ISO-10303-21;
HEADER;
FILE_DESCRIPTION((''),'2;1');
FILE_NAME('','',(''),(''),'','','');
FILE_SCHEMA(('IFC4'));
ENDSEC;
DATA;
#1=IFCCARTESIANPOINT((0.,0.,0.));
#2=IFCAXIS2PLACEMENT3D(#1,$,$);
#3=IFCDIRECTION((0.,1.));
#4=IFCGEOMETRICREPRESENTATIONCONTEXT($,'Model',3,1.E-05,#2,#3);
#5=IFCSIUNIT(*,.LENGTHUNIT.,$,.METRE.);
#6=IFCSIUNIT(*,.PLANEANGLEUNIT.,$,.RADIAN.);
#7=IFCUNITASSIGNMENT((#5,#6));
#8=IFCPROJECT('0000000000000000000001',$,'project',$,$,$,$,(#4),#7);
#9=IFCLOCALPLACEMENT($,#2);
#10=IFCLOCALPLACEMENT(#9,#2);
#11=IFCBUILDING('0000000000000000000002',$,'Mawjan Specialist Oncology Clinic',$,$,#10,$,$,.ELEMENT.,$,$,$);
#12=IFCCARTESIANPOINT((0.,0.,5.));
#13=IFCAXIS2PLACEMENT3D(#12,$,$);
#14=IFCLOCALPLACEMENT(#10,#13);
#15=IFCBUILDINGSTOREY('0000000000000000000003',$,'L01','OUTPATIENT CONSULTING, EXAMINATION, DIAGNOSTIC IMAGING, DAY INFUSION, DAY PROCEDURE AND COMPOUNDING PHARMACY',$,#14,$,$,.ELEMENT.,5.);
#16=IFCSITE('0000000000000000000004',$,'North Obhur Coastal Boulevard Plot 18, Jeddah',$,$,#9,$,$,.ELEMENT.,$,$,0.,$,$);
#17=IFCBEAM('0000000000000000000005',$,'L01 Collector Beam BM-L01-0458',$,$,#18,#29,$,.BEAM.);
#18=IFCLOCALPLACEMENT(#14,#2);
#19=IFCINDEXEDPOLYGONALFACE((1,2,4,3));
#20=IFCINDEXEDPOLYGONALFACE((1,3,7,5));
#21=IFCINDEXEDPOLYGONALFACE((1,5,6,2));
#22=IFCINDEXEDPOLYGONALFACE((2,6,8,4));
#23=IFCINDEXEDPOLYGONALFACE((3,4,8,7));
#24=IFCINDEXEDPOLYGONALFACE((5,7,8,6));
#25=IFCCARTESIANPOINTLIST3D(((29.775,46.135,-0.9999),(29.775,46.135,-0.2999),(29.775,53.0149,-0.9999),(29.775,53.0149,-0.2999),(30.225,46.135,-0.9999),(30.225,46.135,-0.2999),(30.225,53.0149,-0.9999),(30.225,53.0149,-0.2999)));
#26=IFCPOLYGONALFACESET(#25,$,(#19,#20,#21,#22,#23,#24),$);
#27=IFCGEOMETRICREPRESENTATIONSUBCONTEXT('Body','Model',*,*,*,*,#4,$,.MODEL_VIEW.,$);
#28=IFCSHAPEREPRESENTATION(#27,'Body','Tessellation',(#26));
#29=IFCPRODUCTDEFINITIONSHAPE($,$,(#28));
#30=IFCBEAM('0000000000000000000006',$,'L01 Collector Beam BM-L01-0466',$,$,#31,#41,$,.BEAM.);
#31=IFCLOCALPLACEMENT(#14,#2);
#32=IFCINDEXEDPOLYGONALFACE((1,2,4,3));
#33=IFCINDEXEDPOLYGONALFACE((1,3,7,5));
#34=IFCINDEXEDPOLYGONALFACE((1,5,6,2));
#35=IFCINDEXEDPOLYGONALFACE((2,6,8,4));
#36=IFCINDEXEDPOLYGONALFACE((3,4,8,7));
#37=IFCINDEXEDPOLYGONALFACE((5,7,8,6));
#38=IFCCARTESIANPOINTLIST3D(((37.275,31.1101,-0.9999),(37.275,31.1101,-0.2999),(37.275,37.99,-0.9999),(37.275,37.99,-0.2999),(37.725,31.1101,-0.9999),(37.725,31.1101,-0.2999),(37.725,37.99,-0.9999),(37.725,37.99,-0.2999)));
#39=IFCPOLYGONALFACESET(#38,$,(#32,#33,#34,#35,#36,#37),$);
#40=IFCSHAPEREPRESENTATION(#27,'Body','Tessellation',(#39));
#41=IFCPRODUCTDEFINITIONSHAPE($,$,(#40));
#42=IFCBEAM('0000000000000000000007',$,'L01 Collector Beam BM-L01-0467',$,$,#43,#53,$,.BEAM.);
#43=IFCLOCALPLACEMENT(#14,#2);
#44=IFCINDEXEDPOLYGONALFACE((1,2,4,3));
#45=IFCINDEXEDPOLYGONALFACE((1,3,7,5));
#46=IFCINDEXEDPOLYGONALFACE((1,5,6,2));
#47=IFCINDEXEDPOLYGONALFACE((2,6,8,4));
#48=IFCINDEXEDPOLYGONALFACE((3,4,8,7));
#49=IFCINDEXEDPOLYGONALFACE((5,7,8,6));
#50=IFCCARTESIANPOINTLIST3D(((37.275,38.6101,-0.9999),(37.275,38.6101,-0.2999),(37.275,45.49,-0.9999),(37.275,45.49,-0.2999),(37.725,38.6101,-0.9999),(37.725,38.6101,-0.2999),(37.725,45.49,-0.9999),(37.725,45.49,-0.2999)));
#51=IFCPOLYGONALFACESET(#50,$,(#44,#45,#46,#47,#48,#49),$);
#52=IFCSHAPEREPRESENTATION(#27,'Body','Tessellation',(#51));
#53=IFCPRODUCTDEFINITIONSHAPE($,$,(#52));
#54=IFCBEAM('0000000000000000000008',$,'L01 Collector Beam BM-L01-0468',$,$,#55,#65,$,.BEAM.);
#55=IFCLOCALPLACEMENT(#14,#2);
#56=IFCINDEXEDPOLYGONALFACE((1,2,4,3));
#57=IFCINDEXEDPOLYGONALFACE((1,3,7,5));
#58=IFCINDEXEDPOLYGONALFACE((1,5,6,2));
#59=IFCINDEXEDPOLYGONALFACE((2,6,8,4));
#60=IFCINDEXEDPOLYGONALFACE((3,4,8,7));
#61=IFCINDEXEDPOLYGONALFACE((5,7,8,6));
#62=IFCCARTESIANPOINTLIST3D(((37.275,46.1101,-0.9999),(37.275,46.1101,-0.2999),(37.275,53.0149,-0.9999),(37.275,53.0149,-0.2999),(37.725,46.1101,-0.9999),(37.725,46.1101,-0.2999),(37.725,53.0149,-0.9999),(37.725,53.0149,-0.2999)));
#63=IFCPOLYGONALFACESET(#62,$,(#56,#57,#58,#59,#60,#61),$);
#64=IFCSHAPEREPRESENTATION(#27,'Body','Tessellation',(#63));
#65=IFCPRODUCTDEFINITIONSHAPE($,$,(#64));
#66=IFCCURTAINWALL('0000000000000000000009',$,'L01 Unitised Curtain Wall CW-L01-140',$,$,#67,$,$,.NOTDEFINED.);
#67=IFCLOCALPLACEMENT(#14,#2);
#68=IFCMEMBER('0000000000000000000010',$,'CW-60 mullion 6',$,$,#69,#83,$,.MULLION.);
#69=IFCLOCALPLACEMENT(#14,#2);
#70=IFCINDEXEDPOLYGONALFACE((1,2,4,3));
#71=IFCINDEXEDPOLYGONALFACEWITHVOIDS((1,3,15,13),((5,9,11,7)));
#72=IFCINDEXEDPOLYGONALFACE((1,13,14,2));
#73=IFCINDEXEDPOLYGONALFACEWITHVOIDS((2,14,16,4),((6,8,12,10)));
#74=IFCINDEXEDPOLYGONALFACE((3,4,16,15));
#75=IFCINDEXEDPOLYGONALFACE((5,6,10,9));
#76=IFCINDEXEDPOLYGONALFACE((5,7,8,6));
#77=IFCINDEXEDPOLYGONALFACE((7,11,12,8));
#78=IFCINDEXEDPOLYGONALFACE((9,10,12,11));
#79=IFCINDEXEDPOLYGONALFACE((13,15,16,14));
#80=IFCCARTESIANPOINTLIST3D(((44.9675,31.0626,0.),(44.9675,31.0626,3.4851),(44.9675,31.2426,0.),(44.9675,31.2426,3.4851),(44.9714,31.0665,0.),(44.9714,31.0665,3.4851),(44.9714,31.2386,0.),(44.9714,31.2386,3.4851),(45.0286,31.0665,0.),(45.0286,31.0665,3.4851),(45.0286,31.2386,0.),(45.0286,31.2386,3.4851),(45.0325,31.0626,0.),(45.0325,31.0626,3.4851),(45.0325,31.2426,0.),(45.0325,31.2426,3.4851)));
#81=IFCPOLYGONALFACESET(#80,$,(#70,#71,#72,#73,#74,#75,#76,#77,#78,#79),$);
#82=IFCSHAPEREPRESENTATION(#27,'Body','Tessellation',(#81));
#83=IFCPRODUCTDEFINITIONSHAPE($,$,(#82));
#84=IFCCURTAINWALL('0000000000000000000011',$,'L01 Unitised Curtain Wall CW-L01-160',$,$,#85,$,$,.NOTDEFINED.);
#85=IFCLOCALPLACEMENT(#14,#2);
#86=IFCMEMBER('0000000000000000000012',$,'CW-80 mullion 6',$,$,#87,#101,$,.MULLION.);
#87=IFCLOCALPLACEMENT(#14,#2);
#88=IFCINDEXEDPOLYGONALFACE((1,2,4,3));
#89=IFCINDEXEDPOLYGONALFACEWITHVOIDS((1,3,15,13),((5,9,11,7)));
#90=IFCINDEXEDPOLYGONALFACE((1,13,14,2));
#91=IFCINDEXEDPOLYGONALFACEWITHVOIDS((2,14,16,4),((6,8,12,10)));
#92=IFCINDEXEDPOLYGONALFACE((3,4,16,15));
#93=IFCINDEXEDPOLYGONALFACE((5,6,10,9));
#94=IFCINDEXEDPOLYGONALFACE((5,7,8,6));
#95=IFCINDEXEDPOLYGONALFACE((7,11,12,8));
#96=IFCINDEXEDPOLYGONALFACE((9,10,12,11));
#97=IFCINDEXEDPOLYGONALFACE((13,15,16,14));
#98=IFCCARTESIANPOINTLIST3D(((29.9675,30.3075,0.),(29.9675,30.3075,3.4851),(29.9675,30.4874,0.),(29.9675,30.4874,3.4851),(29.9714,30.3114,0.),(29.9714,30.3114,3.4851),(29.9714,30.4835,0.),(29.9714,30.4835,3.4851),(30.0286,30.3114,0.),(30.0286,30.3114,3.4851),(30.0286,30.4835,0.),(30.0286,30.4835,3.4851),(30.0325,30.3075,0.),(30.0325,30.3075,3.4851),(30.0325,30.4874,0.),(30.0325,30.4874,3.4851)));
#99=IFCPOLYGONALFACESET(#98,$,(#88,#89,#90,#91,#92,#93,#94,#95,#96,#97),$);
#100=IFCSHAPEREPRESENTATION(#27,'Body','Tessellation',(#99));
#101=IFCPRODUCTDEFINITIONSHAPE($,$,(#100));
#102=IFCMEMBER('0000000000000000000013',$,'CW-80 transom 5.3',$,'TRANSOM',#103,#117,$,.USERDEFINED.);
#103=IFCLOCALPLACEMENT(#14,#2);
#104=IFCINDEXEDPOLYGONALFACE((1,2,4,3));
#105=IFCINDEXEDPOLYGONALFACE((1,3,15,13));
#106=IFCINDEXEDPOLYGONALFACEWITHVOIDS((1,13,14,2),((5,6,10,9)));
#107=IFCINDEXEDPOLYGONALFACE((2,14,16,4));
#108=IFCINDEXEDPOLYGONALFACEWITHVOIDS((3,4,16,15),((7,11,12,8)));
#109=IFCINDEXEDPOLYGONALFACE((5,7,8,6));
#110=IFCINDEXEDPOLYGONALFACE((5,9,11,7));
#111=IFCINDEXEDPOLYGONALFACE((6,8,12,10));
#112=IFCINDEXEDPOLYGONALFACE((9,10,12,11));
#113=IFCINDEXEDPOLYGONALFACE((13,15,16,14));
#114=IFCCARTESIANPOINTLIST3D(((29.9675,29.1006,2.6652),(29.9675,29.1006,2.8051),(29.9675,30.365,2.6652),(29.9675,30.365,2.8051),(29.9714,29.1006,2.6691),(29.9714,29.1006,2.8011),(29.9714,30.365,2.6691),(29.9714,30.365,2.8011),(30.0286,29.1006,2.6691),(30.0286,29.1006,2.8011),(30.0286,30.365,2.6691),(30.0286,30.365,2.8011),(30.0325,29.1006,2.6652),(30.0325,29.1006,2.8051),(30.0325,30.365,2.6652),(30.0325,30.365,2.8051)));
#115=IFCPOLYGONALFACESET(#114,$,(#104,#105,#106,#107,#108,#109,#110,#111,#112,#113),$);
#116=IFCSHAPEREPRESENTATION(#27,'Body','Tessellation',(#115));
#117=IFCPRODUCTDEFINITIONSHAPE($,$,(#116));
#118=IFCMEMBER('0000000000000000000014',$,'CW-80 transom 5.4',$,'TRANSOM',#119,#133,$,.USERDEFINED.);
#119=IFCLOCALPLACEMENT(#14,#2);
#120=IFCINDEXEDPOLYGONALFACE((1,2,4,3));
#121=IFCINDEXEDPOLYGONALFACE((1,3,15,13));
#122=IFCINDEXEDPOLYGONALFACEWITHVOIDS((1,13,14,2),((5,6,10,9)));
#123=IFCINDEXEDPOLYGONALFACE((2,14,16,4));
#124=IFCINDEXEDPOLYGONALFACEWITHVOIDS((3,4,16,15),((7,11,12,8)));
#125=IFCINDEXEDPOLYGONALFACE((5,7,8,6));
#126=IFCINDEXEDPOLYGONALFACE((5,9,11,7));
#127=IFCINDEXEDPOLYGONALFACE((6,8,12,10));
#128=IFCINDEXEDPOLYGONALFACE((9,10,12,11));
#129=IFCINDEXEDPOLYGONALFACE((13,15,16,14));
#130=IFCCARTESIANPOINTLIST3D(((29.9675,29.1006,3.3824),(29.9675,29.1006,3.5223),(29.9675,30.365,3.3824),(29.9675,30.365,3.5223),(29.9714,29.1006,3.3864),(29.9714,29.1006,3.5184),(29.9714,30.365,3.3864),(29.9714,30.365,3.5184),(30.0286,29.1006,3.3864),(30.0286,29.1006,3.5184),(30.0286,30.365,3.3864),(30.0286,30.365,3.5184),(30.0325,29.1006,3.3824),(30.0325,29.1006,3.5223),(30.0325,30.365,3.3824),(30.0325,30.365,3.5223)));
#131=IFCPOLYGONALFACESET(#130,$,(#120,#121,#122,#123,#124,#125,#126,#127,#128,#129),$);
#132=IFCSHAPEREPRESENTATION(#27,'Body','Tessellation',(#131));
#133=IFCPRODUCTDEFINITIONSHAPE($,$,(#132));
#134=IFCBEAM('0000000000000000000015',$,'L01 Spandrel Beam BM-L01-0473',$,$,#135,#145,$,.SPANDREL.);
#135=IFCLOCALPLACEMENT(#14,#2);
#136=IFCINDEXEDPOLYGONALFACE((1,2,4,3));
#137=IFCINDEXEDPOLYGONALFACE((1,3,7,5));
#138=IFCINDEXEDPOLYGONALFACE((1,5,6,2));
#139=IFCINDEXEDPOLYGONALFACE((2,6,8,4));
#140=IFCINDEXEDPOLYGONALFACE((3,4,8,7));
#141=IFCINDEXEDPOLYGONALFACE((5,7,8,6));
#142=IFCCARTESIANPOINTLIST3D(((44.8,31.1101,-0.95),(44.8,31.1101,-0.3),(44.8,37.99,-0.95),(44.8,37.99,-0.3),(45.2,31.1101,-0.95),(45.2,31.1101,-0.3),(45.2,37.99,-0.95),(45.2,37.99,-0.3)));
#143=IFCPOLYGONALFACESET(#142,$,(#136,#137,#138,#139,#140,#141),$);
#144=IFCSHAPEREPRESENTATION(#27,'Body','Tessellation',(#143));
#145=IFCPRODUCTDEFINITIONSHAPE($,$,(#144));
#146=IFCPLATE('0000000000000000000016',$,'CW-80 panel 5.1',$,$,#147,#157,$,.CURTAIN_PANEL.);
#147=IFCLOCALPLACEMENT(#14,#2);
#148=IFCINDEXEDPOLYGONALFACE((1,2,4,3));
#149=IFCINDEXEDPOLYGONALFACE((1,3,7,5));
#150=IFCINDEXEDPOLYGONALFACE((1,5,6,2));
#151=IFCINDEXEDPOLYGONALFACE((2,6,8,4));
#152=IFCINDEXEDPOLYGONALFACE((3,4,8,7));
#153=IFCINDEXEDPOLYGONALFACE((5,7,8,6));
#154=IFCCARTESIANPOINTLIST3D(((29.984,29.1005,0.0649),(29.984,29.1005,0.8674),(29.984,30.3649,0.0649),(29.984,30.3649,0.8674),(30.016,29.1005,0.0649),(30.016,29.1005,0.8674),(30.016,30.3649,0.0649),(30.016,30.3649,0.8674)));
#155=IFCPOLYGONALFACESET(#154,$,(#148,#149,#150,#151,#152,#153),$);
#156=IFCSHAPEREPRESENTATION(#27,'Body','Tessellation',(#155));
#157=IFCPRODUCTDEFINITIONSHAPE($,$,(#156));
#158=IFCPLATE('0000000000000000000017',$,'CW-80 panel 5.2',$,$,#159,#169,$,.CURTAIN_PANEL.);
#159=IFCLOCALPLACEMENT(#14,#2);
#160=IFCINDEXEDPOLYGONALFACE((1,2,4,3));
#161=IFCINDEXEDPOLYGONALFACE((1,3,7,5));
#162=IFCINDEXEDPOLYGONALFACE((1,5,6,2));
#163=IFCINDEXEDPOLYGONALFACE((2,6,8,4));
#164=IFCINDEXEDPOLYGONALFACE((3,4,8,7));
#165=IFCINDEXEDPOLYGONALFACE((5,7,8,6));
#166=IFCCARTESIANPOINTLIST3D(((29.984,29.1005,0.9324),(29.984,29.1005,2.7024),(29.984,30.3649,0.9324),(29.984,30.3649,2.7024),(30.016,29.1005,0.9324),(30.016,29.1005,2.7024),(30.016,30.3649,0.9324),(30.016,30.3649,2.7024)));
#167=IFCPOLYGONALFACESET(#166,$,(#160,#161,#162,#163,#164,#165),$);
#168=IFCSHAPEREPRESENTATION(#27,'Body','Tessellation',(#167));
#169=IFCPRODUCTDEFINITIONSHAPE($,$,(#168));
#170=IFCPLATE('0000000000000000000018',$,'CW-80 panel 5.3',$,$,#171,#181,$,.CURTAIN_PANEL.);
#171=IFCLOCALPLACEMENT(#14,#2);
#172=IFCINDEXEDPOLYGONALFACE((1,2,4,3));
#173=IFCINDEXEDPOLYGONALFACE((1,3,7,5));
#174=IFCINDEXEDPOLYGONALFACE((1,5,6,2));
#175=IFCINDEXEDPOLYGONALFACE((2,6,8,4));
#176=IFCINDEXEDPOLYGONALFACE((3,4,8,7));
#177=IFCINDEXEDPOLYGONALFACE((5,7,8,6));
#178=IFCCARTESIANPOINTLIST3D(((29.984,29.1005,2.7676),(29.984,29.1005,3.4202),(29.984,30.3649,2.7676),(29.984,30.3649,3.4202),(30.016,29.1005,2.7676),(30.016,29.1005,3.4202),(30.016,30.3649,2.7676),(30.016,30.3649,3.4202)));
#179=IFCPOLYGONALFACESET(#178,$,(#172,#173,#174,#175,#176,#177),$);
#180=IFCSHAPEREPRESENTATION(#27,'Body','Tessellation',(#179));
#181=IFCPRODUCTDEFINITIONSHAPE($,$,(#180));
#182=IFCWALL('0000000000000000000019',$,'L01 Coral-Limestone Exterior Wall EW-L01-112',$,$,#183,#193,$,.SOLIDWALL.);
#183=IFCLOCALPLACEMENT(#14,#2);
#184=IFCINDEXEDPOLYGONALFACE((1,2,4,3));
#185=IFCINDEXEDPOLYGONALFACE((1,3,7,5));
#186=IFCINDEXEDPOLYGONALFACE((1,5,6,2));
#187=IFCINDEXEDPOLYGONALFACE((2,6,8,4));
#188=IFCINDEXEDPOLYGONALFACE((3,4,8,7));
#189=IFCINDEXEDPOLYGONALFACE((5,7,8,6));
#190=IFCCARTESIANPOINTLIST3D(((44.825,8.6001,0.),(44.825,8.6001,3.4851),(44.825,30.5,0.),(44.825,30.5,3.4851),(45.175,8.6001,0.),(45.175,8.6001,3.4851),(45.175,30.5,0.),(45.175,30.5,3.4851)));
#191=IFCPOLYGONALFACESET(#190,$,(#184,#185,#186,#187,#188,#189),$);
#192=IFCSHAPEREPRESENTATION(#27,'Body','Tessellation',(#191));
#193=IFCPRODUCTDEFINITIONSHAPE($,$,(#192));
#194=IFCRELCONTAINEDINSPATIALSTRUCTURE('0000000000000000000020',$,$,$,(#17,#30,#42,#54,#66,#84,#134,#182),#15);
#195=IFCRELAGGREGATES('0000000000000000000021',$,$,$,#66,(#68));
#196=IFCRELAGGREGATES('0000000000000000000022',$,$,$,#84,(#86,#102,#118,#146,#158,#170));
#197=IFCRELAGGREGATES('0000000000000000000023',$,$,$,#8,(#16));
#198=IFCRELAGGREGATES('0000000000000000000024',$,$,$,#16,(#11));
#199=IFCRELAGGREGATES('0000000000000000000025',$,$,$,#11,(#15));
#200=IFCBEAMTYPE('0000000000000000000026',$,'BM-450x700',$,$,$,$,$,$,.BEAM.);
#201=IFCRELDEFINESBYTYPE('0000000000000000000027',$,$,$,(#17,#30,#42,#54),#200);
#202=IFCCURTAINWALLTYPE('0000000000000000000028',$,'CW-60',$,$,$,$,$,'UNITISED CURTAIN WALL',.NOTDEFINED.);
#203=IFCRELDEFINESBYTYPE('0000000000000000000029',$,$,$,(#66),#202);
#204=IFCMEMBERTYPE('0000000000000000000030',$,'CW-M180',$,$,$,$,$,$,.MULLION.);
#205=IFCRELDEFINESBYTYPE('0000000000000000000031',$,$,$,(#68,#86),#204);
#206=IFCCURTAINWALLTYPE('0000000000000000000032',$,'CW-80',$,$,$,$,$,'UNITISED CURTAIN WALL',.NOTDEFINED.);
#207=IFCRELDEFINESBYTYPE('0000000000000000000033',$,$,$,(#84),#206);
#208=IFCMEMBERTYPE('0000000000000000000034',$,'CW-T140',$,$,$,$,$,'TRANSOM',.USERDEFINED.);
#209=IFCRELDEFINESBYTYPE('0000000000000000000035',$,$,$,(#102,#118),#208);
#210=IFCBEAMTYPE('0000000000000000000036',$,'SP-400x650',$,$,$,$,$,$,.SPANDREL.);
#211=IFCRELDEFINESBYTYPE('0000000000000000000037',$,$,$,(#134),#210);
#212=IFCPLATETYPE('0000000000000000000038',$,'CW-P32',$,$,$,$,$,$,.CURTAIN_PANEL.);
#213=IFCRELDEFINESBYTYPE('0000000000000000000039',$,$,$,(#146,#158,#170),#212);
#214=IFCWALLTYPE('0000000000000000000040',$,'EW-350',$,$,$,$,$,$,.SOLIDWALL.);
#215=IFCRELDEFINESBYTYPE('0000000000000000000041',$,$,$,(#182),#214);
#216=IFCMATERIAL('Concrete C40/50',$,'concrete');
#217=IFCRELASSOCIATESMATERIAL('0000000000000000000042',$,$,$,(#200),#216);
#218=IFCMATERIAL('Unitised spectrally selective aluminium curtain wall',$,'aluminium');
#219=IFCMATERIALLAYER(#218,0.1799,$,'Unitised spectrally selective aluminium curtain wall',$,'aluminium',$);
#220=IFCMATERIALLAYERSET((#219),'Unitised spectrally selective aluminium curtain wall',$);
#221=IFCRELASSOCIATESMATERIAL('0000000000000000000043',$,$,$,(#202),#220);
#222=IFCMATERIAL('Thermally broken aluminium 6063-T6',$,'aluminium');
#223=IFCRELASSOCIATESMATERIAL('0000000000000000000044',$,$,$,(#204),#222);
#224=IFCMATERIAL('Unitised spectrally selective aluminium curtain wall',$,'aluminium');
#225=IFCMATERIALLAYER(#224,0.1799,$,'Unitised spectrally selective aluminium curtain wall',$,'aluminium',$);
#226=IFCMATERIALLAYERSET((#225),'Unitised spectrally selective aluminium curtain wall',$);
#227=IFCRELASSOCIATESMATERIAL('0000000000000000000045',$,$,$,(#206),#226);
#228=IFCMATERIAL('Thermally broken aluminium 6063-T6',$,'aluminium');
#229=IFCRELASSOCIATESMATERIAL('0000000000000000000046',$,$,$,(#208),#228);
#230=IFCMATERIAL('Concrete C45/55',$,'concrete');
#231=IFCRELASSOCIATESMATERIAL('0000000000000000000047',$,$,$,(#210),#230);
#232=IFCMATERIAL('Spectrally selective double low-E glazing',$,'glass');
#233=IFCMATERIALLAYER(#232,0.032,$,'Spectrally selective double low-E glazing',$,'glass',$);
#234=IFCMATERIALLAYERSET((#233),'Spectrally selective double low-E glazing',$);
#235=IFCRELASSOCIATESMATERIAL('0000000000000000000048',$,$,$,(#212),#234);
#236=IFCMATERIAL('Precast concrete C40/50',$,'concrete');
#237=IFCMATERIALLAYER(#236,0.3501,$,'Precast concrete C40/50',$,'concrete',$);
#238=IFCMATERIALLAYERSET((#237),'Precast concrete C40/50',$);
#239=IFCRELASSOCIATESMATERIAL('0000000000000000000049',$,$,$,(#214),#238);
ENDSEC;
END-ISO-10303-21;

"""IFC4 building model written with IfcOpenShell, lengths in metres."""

from ifc_helpers import new_model, si_unit, direction, frame, frame_2d, origin, origin_2d, place, context, subcontext, project, spatial, rectangle, hollow_rectangle, extrude, material, layer, layer_set, material_profile, profile_set, type_object, element, aggregate, save


model = new_model("IFC4")

# Units and contexts
model_context = context("Model", 3, precision=1e-05, world=origin(), true_north=direction((0.0, 1.0)))
body_context = subcontext(model_context, "Body", "Model", "MODEL_VIEW")
ifc_project = project(units=[si_unit("LENGTHUNIT", "METRE"), si_unit("PLANEANGLEUNIT", "RADIAN")], contexts=[model_context])

# Site, building, storey
site_placement = place(None, origin())
site = spatial("IfcSite", under=ifc_project, at=site_placement, Name="North Obhur Coastal Boulevard Plot 18, Jeddah", CompositionType="ELEMENT", RefElevation=0.0)
building_placement = place(site_placement, origin())
building = spatial("IfcBuilding", under=site, at=building_placement, Name="Mawjan Specialist Oncology Clinic", CompositionType="ELEMENT")
storey_placement = place(building_placement, frame((0.0, 0.0, 5.0)))
storey = spatial("IfcBuildingStorey", under=building, at=storey_placement, Name="L01", Description="OUTPATIENT CONSULTING, EXAMINATION, DIAGNOSTIC IMAGING, DAY INFUSION, DAY PROCEDURE AND COMPOUNDING PHARMACY", CompositionType="ELEMENT", Elevation=5.0)

# Beams
ifc_material_1 = material(Name="Concrete C40/50", Category="concrete")
ifc_material_profile_1 = material_profile(ifc_material_1, rectangle(XDim=0.45, YDim=0.7, at=origin_2d()), Name="RC BM 450x700", Category="concrete")
ifc_profile_set_1 = profile_set([ifc_material_profile_1], Name="Concrete C40/50")
beam_type_1 = type_object("IfcBeamType", Name="BM-450x700", PredefinedType="BEAM", material=ifc_profile_set_1)
for number, where, z_axis, x_axis, name in (
    (1, (30.0, 46.135, -0.6499), (0.0, 1.0, 0.0), (-1.0, 0.0, 0.0), "L01 Collector Beam BM-L01-0458"),
    (2, (37.5, 31.1101, -0.6499), (0.0, 1.0, 0.0), (-1.0, 0.0, 0.0), "L01 Collector Beam BM-L01-0466"),
    (3, (37.5, 38.6101, -0.6499), (0.0, 1.0, 0.0), (-1.0, 0.0, 0.0), "L01 Collector Beam BM-L01-0467"),
):
    element("IfcBeam", number, at=place(storey_placement, frame(where, z_axis=z_axis, x_axis=x_axis)), inside=storey, type_object=beam_type_1, Name=name, PredefinedType="BEAM", context=body_context, shape_type="SweptSolid", body=[
        extrude(rectangle(XDim=0.45, YDim=0.7, at=origin_2d()), origin(), (0.0, 0.0, 1.0), 6.8799),
    ])
beam_1_placement = place(storey_placement, frame((37.5, 46.1101, -0.6499), z_axis=(0.0, 1.0, 0.0), x_axis=(-1.0, 0.0, 0.0)))
element("IfcBeam", 4, at=beam_1_placement, inside=storey, type_object=beam_type_1, Name="L01 Collector Beam BM-L01-0468", PredefinedType="BEAM", context=body_context, shape_type="SweptSolid", body=[
    extrude(rectangle(XDim=0.45, YDim=0.7, at=origin_2d()), origin(), (0.0, 0.0, 1.0), 6.9048),
])

# Curtain wall, member
ifc_material_2 = material(Name="Unitised spectrally selective aluminium curtain wall", Category="aluminium")
ifc_layer_1 = layer(ifc_material_2, 0.1799, Name="Unitised spectrally selective aluminium curtain wall", Category="aluminium")
ifc_layer_set_1 = layer_set([ifc_layer_1], Name="Unitised spectrally selective aluminium curtain wall")
curtain_wall_type_1 = type_object("IfcCurtainWallType", Name="CW-60", ElementType="UNITISED CURTAIN WALL", PredefinedType="NOTDEFINED", material=ifc_layer_set_1)
curtain_wall_1_placement = place(storey_placement, origin())
curtain_wall_1 = element("IfcCurtainWall", 5, at=curtain_wall_1_placement, inside=storey, type_object=curtain_wall_type_1, Name="L01 Unitised Curtain Wall CW-L01-140", PredefinedType="NOTDEFINED")
ifc_material_3 = material(Name="Thermally broken aluminium 6063-T6", Category="aluminium")
ifc_material_profile_2 = material_profile(ifc_material_3, hollow_rectangle(XDim=0.0649, YDim=0.1799, WallThickness=0.0039, at=origin_2d()), Name="ALU MULLION 180x65x4", Category="aluminium")
ifc_profile_set_2 = profile_set([ifc_material_profile_2], Name="Thermally broken aluminium 6063-T6")
member_type_1 = type_object("IfcMemberType", Name="CW-M180", PredefinedType="MULLION", material=ifc_profile_set_2)
member_1_placement = place(storey_placement, frame((45.0, 31.1526, 0.0), z_axis=(0.0, 0.0, 1.0), x_axis=(1.0, 0.0, 0.0)))
member_1 = element("IfcMember", 6, at=member_1_placement, type_object=member_type_1, Name="CW-60 mullion 6", PredefinedType="MULLION", context=body_context, shape_type="SweptSolid", body=[
    extrude(hollow_rectangle(XDim=0.0649, YDim=0.1799, WallThickness=0.0039, at=origin_2d()), origin(), (0.0, 0.0, 1.0), 3.4851),
])
aggregate(curtain_wall_1, [member_1])

# Curtain wall, members
ifc_material_4 = material(Name="Unitised spectrally selective aluminium curtain wall", Category="aluminium")
ifc_layer_2 = layer(ifc_material_4, 0.1799, Name="Unitised spectrally selective aluminium curtain wall", Category="aluminium")
ifc_layer_set_2 = layer_set([ifc_layer_2], Name="Unitised spectrally selective aluminium curtain wall")
curtain_wall_type_2 = type_object("IfcCurtainWallType", Name="CW-80", ElementType="UNITISED CURTAIN WALL", PredefinedType="NOTDEFINED", material=ifc_layer_set_2)
curtain_wall_2_placement = place(storey_placement, origin())
curtain_wall_2 = element("IfcCurtainWall", 7, at=curtain_wall_2_placement, inside=storey, type_object=curtain_wall_type_2, Name="L01 Unitised Curtain Wall CW-L01-160", PredefinedType="NOTDEFINED")
member_2_placement = place(storey_placement, frame((30.0, 30.3975, 0.0), z_axis=(0.0, 0.0, 1.0), x_axis=(-1.0, 0.0, 0.0)))
member_2 = element("IfcMember", 8, at=member_2_placement, type_object=member_type_1, Name="CW-80 mullion 6", PredefinedType="MULLION", context=body_context, shape_type="SweptSolid", body=[
    extrude(hollow_rectangle(XDim=0.0649, YDim=0.1799, WallThickness=0.0039, at=origin_2d()), origin(), (0.0, 0.0, 1.0), 3.4851),
])
ifc_material_5 = material(Name="Thermally broken aluminium 6063-T6", Category="aluminium")
ifc_material_profile_3 = material_profile(ifc_material_5, hollow_rectangle(XDim=0.0649, YDim=0.1399, WallThickness=0.0039, at=origin_2d()), Name="ALU TRANSOM 140x65x4", Category="aluminium")
ifc_profile_set_3 = profile_set([ifc_material_profile_3], Name="Thermally broken aluminium 6063-T6")
member_type_2 = type_object("IfcMemberType", Name="CW-T140", ElementType="TRANSOM", PredefinedType="USERDEFINED", material=ifc_profile_set_3)
member_3_placement = place(storey_placement, frame((30.0, 29.1006, 2.7351), z_axis=(0.0, 1.0, 0.0), x_axis=(-1.0, 0.0, 0.0)))
member_3 = element("IfcMember", 9, at=member_3_placement, type_object=member_type_2, Name="CW-80 transom 5.3", ObjectType="TRANSOM", PredefinedType="USERDEFINED", context=body_context, shape_type="SweptSolid", body=[
    extrude(hollow_rectangle(XDim=0.0649, YDim=0.1399, WallThickness=0.0039, at=origin_2d()), origin(), (0.0, 0.0, 1.0), 1.2644),
])
member_4_placement = place(storey_placement, frame((30.0, 29.1006, 3.4524), z_axis=(0.0, 1.0, 0.0), x_axis=(-1.0, 0.0, 0.0)))
member_4 = element("IfcMember", 10, at=member_4_placement, type_object=member_type_2, Name="CW-80 transom 5.4", ObjectType="TRANSOM", PredefinedType="USERDEFINED", context=body_context, shape_type="SweptSolid", body=[
    extrude(hollow_rectangle(XDim=0.0649, YDim=0.1399, WallThickness=0.0039, at=origin_2d()), origin(), (0.0, 0.0, 1.0), 1.2644),
])

# Beam
ifc_material_6 = material(Name="Concrete C45/55", Category="concrete")
ifc_material_profile_4 = material_profile(ifc_material_6, rectangle(XDim=0.3999, YDim=0.6499, at=origin_2d()), Name="RC BM 400x650", Category="concrete")
ifc_profile_set_4 = profile_set([ifc_material_profile_4], Name="Concrete C45/55")
beam_type_2 = type_object("IfcBeamType", Name="SP-400x650", PredefinedType="SPANDREL", material=ifc_profile_set_4)
beam_2_placement = place(storey_placement, frame((45.0, 31.1101, -0.625), z_axis=(0.0, 1.0, 0.0), x_axis=(-1.0, 0.0, 0.0)))
element("IfcBeam", 11, at=beam_2_placement, inside=storey, type_object=beam_type_2, Name="L01 Spandrel Beam BM-L01-0473", PredefinedType="SPANDREL", context=body_context, shape_type="SweptSolid", body=[
    extrude(rectangle(XDim=0.3999, YDim=0.6499, at=origin_2d()), origin(), (0.0, 0.0, 1.0), 6.8799),
])

# Plates
ifc_material_7 = material(Name="Spectrally selective double low-E glazing", Category="glass")
ifc_layer_3 = layer(ifc_material_7, 0.032, Name="Spectrally selective double low-E glazing", Category="glass")
ifc_layer_set_3 = layer_set([ifc_layer_3], Name="Spectrally selective double low-E glazing")
plate_type = type_object("IfcPlateType", Name="CW-P32", PredefinedType="CURTAIN_PANEL", material=ifc_layer_set_3)
plate_1_placement = place(storey_placement, frame((30.0, 29.7327, 0.0649), z_axis=(0.0, 0.0, 1.0), x_axis=(0.0, 1.0, 0.0)))
plate_1 = element("IfcPlate", 12, at=plate_1_placement, type_object=plate_type, Name="CW-80 panel 5.1", PredefinedType="CURTAIN_PANEL", context=body_context, shape_type="SweptSolid", body=[
    extrude(rectangle(XDim=1.2644, YDim=0.032, at=origin_2d()), origin(), (0.0, 0.0, 1.0), 0.8025),
])
plate_2_placement = place(storey_placement, frame((30.0, 29.7327, 0.9324), z_axis=(0.0, 0.0, 1.0), x_axis=(0.0, 1.0, 0.0)))
plate_2 = element("IfcPlate", 13, at=plate_2_placement, type_object=plate_type, Name="CW-80 panel 5.2", PredefinedType="CURTAIN_PANEL", context=body_context, shape_type="SweptSolid", body=[
    extrude(rectangle(XDim=1.2644, YDim=0.032, at=origin_2d()), origin(), (0.0, 0.0, 1.0), 1.77),
])
plate_3_placement = place(storey_placement, frame((30.0, 29.7327, 2.7676), z_axis=(0.0, 0.0, 1.0), x_axis=(0.0, 1.0, 0.0)))
plate_3 = element("IfcPlate", 14, at=plate_3_placement, type_object=plate_type, Name="CW-80 panel 5.3", PredefinedType="CURTAIN_PANEL", context=body_context, shape_type="SweptSolid", body=[
    extrude(rectangle(XDim=1.2644, YDim=0.032, at=origin_2d()), origin(), (0.0, 0.0, 1.0), 0.6526),
])
aggregate(curtain_wall_2, [member_2, member_3, member_4, plate_1, plate_2, plate_3])

# Wall
ifc_material_8 = material(Name="Precast concrete C40/50", Category="concrete")
ifc_layer_4 = layer(ifc_material_8, 0.3501, Name="Precast concrete C40/50", Category="concrete")
ifc_layer_set_4 = layer_set([ifc_layer_4], Name="Precast concrete C40/50")
wall_type_1 = type_object("IfcWallType", Name="EW-350", PredefinedType="SOLIDWALL", material=ifc_layer_set_4)
wall_1_placement = place(storey_placement, frame((45.0, 30.5, 0.0), z_axis=(0.0, 0.0, 1.0), x_axis=(0.0, -1.0, 0.0)))
element("IfcWall", 15, at=wall_1_placement, inside=storey, type_object=wall_type_1, Name="L01 Coral-Limestone Exterior Wall EW-L01-112", PredefinedType="SOLIDWALL", context=body_context, shape_type="SweptSolid", body=[
    extrude(rectangle(XDim=21.8999, YDim=0.3501, at=frame_2d((10.95, 0.0))), origin(), (0.0, 0.0, 1.0), 3.4851),
])

save(model, "model.ifc")
